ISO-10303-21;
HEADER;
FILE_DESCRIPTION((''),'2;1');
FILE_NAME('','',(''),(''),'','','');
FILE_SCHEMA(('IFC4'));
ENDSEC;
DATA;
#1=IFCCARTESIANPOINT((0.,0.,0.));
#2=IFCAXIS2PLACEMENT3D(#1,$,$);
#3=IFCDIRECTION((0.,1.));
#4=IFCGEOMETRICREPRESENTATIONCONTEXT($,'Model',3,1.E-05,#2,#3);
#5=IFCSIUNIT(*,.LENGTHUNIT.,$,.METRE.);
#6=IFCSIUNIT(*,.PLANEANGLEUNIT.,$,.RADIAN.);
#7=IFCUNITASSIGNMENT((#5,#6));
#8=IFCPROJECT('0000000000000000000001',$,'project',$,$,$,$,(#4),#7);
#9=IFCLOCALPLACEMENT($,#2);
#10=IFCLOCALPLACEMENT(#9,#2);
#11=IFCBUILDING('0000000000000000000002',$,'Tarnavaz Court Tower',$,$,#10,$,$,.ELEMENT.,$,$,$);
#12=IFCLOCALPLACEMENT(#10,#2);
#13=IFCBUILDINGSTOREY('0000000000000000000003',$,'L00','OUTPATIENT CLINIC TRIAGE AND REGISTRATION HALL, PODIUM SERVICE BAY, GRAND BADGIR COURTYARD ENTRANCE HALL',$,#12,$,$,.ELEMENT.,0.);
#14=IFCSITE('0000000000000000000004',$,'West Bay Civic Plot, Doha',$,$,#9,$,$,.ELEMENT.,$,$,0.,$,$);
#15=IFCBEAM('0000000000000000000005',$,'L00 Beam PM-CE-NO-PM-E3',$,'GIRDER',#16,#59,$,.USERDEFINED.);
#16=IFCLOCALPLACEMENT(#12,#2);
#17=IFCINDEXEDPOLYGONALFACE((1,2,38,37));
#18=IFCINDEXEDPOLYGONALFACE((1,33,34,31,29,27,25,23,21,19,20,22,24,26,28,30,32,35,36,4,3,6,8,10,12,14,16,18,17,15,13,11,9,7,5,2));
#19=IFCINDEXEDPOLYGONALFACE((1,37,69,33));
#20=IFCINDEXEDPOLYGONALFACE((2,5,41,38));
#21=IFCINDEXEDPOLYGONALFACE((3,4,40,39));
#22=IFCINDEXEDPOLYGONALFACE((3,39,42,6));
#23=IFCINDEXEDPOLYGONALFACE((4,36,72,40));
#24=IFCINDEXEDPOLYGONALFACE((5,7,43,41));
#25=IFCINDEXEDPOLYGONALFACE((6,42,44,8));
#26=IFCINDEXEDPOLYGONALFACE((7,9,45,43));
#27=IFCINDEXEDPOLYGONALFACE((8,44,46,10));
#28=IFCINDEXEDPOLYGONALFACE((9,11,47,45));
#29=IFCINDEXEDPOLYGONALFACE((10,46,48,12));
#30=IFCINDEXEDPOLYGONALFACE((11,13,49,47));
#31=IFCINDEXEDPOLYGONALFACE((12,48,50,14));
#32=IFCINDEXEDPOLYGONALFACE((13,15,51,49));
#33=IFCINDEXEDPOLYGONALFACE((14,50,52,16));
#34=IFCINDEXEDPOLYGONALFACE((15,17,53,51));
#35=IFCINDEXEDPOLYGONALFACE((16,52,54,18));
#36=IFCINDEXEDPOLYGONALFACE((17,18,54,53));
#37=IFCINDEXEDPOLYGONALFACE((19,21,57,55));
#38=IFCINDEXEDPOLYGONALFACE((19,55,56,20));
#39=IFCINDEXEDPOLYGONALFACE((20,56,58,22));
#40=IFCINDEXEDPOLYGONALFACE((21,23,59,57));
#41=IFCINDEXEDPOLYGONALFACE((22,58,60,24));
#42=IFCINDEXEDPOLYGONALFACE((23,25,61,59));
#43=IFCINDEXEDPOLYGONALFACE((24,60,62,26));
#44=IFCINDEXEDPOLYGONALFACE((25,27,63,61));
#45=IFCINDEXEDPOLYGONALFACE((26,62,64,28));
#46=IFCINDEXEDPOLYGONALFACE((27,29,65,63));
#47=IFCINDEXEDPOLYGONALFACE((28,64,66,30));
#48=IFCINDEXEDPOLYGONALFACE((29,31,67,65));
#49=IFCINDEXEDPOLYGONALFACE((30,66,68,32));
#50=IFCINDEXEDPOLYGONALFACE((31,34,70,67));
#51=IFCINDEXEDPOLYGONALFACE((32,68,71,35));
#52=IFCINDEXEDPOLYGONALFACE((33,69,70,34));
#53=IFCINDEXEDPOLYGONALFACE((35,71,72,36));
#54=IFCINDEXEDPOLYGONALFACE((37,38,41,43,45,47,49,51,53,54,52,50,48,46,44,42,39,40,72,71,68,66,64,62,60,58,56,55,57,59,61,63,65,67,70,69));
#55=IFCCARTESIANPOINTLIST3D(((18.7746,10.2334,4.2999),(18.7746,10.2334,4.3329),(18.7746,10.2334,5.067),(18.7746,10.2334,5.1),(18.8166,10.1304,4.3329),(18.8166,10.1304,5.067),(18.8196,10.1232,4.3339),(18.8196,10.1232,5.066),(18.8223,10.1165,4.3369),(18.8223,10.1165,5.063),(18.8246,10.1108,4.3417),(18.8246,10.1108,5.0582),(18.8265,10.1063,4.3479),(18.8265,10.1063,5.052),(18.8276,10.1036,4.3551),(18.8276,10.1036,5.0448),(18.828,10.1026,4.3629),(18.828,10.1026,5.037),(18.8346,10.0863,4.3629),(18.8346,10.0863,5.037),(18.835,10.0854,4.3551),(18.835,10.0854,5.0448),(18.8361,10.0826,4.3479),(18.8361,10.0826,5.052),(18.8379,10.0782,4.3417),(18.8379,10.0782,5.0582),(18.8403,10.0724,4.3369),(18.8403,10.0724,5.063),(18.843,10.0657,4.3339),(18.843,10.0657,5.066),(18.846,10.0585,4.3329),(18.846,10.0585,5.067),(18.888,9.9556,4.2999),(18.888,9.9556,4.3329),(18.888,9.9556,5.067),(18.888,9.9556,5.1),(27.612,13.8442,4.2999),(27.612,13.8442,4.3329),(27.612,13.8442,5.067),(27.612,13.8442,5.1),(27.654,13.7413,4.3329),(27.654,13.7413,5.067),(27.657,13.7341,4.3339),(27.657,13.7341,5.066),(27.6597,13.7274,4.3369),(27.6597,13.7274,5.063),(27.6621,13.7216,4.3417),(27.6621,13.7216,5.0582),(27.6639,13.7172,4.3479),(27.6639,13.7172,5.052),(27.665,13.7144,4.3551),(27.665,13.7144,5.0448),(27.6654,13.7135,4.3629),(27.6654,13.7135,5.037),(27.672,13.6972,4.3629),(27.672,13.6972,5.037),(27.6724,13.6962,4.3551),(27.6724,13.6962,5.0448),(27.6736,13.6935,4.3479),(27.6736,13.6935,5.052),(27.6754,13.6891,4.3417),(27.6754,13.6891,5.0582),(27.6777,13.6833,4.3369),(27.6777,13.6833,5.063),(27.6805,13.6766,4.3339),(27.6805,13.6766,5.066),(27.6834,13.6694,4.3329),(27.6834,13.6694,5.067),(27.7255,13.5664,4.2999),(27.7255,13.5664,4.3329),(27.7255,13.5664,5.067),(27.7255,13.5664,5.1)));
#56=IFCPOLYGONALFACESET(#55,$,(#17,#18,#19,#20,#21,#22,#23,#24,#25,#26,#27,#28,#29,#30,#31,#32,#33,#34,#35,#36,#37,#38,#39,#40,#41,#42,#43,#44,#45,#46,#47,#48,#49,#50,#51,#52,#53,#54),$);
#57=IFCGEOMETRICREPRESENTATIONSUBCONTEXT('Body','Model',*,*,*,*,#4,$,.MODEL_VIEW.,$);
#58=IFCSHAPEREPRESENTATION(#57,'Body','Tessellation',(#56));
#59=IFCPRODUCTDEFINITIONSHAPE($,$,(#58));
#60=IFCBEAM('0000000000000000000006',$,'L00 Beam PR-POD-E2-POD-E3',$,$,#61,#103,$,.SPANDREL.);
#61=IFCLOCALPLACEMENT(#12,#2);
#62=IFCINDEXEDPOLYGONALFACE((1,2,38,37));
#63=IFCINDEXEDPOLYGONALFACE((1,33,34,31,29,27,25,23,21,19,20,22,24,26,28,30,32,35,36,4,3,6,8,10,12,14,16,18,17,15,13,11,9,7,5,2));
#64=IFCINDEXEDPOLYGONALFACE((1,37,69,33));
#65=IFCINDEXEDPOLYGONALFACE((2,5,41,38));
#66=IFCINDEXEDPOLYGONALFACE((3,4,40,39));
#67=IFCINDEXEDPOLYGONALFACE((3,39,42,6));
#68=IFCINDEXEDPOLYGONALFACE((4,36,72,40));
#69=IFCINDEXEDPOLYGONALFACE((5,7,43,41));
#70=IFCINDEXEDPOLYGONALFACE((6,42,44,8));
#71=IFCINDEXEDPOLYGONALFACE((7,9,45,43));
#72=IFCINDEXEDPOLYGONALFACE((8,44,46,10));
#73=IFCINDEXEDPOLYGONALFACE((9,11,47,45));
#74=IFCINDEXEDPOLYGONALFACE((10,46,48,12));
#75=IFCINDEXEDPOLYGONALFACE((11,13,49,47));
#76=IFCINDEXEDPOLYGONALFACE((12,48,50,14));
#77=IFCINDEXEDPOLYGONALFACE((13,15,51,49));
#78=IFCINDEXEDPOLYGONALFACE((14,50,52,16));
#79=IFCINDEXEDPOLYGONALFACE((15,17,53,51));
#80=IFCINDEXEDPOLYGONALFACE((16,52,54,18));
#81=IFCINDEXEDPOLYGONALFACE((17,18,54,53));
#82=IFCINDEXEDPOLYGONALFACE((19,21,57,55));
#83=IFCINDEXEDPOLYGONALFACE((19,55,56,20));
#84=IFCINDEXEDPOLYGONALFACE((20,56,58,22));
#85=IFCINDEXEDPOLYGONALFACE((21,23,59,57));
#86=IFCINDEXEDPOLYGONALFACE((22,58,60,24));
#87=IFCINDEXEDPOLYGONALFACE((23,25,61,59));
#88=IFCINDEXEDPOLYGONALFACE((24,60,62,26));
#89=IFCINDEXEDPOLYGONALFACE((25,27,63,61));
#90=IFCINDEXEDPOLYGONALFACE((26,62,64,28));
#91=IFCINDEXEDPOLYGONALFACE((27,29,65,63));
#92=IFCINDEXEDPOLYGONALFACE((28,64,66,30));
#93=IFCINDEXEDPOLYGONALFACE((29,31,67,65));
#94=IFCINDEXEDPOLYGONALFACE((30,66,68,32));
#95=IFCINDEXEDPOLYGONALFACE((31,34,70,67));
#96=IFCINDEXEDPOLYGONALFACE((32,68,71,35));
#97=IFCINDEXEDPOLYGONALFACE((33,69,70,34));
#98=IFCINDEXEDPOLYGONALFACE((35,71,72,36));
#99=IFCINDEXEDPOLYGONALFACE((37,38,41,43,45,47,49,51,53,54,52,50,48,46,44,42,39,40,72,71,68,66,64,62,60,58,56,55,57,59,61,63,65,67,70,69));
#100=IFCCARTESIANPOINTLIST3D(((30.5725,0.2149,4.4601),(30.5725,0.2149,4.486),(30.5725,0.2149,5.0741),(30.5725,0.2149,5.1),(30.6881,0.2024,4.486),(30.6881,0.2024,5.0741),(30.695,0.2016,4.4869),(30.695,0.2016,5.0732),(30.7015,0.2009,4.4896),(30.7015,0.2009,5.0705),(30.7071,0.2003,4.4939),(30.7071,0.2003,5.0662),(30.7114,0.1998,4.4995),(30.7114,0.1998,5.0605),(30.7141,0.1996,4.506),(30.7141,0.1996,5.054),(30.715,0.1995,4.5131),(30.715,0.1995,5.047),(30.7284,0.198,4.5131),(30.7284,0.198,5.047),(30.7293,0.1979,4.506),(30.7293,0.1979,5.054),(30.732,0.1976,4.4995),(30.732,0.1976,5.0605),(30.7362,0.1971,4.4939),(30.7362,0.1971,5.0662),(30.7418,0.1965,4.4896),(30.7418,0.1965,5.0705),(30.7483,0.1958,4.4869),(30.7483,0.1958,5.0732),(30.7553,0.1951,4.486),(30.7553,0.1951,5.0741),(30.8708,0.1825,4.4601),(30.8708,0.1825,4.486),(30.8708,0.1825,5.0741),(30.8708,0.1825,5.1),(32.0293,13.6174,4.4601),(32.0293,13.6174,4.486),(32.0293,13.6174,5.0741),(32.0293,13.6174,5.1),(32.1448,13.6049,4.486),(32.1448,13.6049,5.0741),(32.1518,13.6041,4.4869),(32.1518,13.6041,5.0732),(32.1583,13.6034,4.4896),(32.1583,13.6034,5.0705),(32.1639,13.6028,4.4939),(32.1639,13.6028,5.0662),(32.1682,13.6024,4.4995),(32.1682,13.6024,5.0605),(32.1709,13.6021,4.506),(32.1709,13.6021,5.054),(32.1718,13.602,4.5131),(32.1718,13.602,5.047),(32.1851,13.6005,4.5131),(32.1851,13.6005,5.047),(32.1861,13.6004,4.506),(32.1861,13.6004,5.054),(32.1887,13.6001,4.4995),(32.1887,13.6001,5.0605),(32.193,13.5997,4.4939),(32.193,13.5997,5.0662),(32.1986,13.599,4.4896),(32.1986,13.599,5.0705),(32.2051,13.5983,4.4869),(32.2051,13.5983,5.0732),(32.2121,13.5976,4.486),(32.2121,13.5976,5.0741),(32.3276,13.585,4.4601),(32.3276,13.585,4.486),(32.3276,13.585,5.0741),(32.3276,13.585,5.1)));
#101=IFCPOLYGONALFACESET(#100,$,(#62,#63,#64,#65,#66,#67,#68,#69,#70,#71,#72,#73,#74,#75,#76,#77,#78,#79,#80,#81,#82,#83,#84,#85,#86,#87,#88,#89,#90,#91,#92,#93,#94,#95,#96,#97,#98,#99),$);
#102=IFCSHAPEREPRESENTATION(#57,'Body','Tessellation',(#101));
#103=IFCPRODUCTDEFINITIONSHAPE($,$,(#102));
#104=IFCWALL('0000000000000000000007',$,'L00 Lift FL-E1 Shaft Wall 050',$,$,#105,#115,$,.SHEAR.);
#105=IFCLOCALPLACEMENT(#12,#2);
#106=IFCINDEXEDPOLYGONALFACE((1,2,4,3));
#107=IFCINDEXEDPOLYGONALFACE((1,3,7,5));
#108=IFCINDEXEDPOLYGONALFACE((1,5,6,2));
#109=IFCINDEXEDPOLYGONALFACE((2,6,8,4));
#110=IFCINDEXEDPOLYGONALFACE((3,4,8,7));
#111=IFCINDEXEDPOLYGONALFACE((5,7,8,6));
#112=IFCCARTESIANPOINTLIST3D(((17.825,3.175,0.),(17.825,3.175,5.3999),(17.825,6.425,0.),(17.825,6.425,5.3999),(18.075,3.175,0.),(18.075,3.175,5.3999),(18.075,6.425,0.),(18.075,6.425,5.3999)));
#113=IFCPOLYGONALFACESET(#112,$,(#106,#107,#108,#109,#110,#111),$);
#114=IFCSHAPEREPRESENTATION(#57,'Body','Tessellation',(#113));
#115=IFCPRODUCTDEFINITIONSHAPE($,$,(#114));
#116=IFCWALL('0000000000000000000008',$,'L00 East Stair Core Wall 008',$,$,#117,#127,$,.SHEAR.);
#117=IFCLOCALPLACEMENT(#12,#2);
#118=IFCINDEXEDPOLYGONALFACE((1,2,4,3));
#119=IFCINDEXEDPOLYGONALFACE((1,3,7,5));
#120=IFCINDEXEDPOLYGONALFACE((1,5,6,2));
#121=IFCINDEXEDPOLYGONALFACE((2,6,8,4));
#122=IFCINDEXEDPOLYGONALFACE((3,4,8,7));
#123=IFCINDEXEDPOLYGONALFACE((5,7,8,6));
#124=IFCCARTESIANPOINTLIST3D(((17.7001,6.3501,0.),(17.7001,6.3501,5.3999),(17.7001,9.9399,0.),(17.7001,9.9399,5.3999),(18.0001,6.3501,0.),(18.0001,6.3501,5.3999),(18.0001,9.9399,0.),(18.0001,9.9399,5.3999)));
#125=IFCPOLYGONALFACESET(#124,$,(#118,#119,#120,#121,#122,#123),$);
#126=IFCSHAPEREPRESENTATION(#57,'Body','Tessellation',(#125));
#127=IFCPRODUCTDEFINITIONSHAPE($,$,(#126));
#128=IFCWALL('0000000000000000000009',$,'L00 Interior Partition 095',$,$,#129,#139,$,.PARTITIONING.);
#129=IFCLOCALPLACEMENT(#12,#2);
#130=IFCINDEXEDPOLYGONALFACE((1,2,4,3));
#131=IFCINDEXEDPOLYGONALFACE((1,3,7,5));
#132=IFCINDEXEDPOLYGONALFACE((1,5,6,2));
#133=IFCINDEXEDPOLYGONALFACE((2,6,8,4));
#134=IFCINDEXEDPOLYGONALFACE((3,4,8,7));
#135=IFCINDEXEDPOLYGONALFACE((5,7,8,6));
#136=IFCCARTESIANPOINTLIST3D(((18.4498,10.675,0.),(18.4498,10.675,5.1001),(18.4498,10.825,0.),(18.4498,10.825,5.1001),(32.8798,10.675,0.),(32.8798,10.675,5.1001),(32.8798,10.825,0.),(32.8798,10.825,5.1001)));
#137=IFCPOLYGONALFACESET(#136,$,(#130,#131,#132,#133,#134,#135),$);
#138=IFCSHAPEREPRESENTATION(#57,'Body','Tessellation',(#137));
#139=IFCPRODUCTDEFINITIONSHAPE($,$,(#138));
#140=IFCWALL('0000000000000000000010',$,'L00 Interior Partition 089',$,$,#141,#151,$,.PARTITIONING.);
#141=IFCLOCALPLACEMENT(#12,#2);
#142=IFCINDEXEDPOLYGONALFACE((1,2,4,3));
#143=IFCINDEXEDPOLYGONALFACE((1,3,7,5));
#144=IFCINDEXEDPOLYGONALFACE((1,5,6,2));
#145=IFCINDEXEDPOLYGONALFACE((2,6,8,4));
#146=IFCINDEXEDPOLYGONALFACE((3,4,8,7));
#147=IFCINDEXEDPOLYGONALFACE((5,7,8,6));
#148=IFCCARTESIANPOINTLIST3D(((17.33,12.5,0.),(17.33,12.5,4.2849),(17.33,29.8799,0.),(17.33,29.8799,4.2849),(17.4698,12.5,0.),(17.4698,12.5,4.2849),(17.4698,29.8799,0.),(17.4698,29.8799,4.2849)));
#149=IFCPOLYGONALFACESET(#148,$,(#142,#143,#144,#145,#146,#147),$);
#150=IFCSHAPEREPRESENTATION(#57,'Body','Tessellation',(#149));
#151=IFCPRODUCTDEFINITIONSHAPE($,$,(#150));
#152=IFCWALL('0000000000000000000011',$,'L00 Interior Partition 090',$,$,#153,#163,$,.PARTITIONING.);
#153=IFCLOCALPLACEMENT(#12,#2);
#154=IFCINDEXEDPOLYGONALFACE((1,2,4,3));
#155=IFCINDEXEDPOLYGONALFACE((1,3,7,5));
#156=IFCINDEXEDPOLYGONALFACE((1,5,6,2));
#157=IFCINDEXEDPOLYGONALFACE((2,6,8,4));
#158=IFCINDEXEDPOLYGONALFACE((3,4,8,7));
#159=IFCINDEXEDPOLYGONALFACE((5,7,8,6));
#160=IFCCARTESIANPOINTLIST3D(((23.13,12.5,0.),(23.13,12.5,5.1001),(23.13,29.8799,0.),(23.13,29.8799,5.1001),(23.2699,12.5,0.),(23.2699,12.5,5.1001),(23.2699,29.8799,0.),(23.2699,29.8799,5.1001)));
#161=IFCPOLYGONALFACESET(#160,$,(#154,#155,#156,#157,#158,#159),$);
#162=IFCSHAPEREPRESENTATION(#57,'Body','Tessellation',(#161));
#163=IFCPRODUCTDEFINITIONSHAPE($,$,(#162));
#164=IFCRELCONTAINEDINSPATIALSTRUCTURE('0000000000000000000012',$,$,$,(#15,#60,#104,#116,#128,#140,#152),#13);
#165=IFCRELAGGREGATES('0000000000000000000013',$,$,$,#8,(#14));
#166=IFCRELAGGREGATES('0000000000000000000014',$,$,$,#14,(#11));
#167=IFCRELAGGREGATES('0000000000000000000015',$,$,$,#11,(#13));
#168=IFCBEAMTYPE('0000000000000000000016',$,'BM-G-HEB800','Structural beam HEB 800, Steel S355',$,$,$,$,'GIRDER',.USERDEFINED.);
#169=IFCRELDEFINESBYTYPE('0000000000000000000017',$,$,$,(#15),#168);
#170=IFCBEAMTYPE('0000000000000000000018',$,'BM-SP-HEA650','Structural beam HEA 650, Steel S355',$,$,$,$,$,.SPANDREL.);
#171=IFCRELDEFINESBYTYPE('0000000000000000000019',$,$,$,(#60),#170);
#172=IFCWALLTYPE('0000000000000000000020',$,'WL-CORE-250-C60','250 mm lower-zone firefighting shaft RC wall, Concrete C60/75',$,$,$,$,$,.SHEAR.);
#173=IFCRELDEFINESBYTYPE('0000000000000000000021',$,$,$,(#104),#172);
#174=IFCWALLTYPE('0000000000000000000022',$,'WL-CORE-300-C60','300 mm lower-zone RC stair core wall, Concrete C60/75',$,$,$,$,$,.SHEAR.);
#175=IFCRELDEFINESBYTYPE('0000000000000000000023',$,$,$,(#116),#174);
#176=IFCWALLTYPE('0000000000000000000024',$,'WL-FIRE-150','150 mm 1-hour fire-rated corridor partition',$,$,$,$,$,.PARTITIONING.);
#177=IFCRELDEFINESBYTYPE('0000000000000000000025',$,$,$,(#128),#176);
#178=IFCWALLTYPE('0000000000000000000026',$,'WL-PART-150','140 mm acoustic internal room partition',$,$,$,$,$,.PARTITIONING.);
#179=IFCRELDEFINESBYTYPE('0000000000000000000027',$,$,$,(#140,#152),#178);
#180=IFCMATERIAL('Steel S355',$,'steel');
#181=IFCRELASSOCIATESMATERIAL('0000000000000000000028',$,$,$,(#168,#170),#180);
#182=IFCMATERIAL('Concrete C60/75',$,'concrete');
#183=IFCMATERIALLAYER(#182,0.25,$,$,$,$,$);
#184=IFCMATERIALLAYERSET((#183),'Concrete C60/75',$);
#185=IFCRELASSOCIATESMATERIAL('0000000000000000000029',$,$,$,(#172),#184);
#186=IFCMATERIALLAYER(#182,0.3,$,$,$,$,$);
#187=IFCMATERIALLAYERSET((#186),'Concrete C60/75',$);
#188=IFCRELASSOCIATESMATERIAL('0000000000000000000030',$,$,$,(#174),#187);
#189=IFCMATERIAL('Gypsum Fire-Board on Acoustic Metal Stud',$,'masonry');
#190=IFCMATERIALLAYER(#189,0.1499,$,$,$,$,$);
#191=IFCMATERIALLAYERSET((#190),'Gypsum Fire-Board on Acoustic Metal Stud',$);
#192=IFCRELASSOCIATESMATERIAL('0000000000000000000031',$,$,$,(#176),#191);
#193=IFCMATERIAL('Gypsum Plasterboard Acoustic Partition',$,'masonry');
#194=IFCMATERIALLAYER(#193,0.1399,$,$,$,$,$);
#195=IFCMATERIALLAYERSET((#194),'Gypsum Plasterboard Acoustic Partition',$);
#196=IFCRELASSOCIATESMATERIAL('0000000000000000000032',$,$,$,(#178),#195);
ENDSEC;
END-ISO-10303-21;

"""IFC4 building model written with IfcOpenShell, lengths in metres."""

from ifc_helpers import new_model, si_unit, direction, frame, frame_2d, origin, origin_2d, place, context, subcontext, project, spatial, rectangle, i_section, extrude, material, layer, layer_set, material_profile, profile_set, type_object, element, save


model = new_model("IFC4")

# Units and contexts
model_context = context("Model", 3, precision=1e-05, world=origin(), true_north=direction((0.0, 1.0)))
body_context = subcontext(model_context, "Body", "Model", "MODEL_VIEW")
ifc_project = project(units=[si_unit("LENGTHUNIT", "METRE"), si_unit("PLANEANGLEUNIT", "RADIAN")], contexts=[model_context])

# Site, building, storey
site_placement = place(None, origin())
site = spatial("IfcSite", under=ifc_project, at=site_placement, Name="West Bay Civic Plot, Doha", CompositionType="ELEMENT", RefElevation=0.0)
building_placement = place(site_placement, origin())
building = spatial("IfcBuilding", under=site, at=building_placement, Name="Tarnavaz Court Tower", CompositionType="ELEMENT")
storey_placement = place(building_placement, origin())
storey = spatial("IfcBuildingStorey", under=building, at=storey_placement, Name="L00", Description="OUTPATIENT CLINIC TRIAGE AND REGISTRATION HALL, PODIUM SERVICE BAY, GRAND BADGIR COURTYARD ENTRANCE HALL", CompositionType="ELEMENT", Elevation=0.0)

# Shared definitions
ifc_material_1 = material(Name="Concrete C60/75", Category="concrete")

# Beams
ifc_material_2 = material(Name="Steel S355", Category="steel")
ifc_material_profile_1 = material_profile(ifc_material_2, i_section(OverallWidth=0.3, OverallDepth=0.8, WebThickness=0.0176, FlangeThickness=0.033, FilletRadius=0.03, at=origin_2d()), Name="HEB 800")
ifc_profile_set_1 = profile_set([ifc_material_profile_1], Name="Steel S355")
beam_type_1 = type_object("IfcBeamType", Name="BM-G-HEB800", Description="Structural beam HEB 800, Steel S355", ElementType="GIRDER", PredefinedType="USERDEFINED", material=ifc_profile_set_1)
beam_1_placement = place(storey_placement, frame((18.8313, 10.0945, 4.7), z_axis=(0.925711, 0.378233, 0.0), x_axis=(-0.378233, 0.925711, 0.0)))
element("IfcBeam", 1, at=beam_1_placement, inside=storey, type_object=beam_type_1, Name="L00 Beam PM-CE-NO-PM-E3", ObjectType="GIRDER", PredefinedType="USERDEFINED", context=body_context, shape_type="SweptSolid", body=[
    extrude(i_section(OverallWidth=0.3, OverallDepth=0.8, WebThickness=0.0176, FlangeThickness=0.033, FilletRadius=0.03, at=origin_2d()), origin(), (0.0, 0.0, 1.0), 9.5466),
])
ifc_material_profile_2 = material_profile(ifc_material_2, i_section(OverallWidth=0.3, OverallDepth=0.6399, WebThickness=0.0134, FlangeThickness=0.0259, FilletRadius=0.0271, at=origin_2d()), Name="HEA 650")
ifc_profile_set_2 = profile_set([ifc_material_profile_2], Name="Steel S355")
beam_type_2 = type_object("IfcBeamType", Name="BM-SP-HEA650", Description="Structural beam HEA 650, Steel S355", PredefinedType="SPANDREL", material=ifc_profile_set_2)
beam_2_placement = place(storey_placement, frame((30.7217, 0.1987, 4.78), z_axis=(0.108058, 0.994145, 0.0), x_axis=(-0.994145, 0.108058, 0.0)))
element("IfcBeam", 2, at=beam_2_placement, inside=storey, type_object=beam_type_2, Name="L00 Beam PR-POD-E2-POD-E3", PredefinedType="SPANDREL", context=body_context, shape_type="SweptSolid", body=[
    extrude(i_section(OverallWidth=0.3, OverallDepth=0.6399, WebThickness=0.0134, FlangeThickness=0.0259, FilletRadius=0.0271, at=origin_2d()), origin(), (0.0, 0.0, 1.0), 13.4814),
])

# Walls
ifc_layer_1 = layer(ifc_material_1, 0.25)
ifc_layer_set_1 = layer_set([ifc_layer_1], Name="Concrete C60/75")
wall_type_1 = type_object("IfcWallType", Name="WL-CORE-250-C60", Description="250 mm lower-zone firefighting shaft RC wall, Concrete C60/75", PredefinedType="SHEAR", material=ifc_layer_set_1)
wall_1_placement = place(storey_placement, frame((17.95, 3.175, 0.0), z_axis=(0.0, 0.0, 1.0), x_axis=(0.0, 1.0, 0.0)))
element("IfcWall", 3, at=wall_1_placement, inside=storey, type_object=wall_type_1, Name="L00 Lift FL-E1 Shaft Wall 050", PredefinedType="SHEAR", context=body_context, shape_type="SweptSolid", body=[
    extrude(rectangle(XDim=3.25, YDim=0.25, at=frame_2d((1.625, 0.0))), origin(), (0.0, 0.0, 1.0), 5.3999),
])
ifc_layer_2 = layer(ifc_material_1, 0.3)
ifc_layer_set_2 = layer_set([ifc_layer_2], Name="Concrete C60/75")
wall_type_2 = type_object("IfcWallType", Name="WL-CORE-300-C60", Description="300 mm lower-zone RC stair core wall, Concrete C60/75", PredefinedType="SHEAR", material=ifc_layer_set_2)
wall_2_placement = place(storey_placement, frame((17.8501, 6.3501, 0.0), z_axis=(0.0, 0.0, 1.0), x_axis=(0.0, 1.0, 0.0)))
element("IfcWall", 4, at=wall_2_placement, inside=storey, type_object=wall_type_2, Name="L00 East Stair Core Wall 008", PredefinedType="SHEAR", context=body_context, shape_type="SweptSolid", body=[
    extrude(rectangle(XDim=3.5898, YDim=0.3, at=frame_2d((1.7949, 0.0))), origin(), (0.0, 0.0, 1.0), 5.3999),
])
ifc_material_3 = material(Name="Gypsum Fire-Board on Acoustic Metal Stud", Category="masonry")
ifc_layer_3 = layer(ifc_material_3, 0.1499)
ifc_layer_set_3 = layer_set([ifc_layer_3], Name="Gypsum Fire-Board on Acoustic Metal Stud")
wall_type_3 = type_object("IfcWallType", Name="WL-FIRE-150", Description="150 mm 1-hour fire-rated corridor partition", PredefinedType="PARTITIONING", material=ifc_layer_set_3)
wall_3_placement = place(storey_placement, frame((18.45, 10.75, 0.0), z_axis=(0.0, 0.0, 1.0), x_axis=(1.0, 0.0, 0.0)))
element("IfcWall", 5, at=wall_3_placement, inside=storey, type_object=wall_type_3, Name="L00 Interior Partition 095", PredefinedType="PARTITIONING", context=body_context, shape_type="SweptSolid", body=[
    extrude(rectangle(XDim=14.4299, YDim=0.1499, at=frame_2d((7.2148, 0.0))), origin(), (0.0, 0.0, 1.0), 5.1001),
])
ifc_material_4 = material(Name="Gypsum Plasterboard Acoustic Partition", Category="masonry")
ifc_layer_4 = layer(ifc_material_4, 0.1399)
ifc_layer_set_4 = layer_set([ifc_layer_4], Name="Gypsum Plasterboard Acoustic Partition")
wall_type_4 = type_object("IfcWallType", Name="WL-PART-150", Description="140 mm acoustic internal room partition", PredefinedType="PARTITIONING", material=ifc_layer_set_4)
wall_4_placement = place(storey_placement, frame((17.3999, 12.5, 0.0), z_axis=(0.0, 0.0, 1.0), x_axis=(0.0, 1.0, 0.0)))
element("IfcWall", 6, at=wall_4_placement, inside=storey, type_object=wall_type_4, Name="L00 Interior Partition 089", PredefinedType="PARTITIONING", context=body_context, shape_type="SweptSolid", body=[
    extrude(rectangle(XDim=17.3799, YDim=0.1399, at=frame_2d((8.6899, 0.0))), origin(), (0.0, 0.0, 1.0), 4.2849),
])
wall_5_placement = place(storey_placement, frame((23.2, 12.5, 0.0), z_axis=(0.0, 0.0, 1.0), x_axis=(0.0, 1.0, 0.0)))
element("IfcWall", 7, at=wall_5_placement, inside=storey, type_object=wall_type_4, Name="L00 Interior Partition 090", PredefinedType="PARTITIONING", context=body_context, shape_type="SweptSolid", body=[
    extrude(rectangle(XDim=17.3799, YDim=0.1399, at=frame_2d((8.6899, 0.0))), origin(), (0.0, 0.0, 1.0), 5.1001),
])

save(model, "model.ifc")
